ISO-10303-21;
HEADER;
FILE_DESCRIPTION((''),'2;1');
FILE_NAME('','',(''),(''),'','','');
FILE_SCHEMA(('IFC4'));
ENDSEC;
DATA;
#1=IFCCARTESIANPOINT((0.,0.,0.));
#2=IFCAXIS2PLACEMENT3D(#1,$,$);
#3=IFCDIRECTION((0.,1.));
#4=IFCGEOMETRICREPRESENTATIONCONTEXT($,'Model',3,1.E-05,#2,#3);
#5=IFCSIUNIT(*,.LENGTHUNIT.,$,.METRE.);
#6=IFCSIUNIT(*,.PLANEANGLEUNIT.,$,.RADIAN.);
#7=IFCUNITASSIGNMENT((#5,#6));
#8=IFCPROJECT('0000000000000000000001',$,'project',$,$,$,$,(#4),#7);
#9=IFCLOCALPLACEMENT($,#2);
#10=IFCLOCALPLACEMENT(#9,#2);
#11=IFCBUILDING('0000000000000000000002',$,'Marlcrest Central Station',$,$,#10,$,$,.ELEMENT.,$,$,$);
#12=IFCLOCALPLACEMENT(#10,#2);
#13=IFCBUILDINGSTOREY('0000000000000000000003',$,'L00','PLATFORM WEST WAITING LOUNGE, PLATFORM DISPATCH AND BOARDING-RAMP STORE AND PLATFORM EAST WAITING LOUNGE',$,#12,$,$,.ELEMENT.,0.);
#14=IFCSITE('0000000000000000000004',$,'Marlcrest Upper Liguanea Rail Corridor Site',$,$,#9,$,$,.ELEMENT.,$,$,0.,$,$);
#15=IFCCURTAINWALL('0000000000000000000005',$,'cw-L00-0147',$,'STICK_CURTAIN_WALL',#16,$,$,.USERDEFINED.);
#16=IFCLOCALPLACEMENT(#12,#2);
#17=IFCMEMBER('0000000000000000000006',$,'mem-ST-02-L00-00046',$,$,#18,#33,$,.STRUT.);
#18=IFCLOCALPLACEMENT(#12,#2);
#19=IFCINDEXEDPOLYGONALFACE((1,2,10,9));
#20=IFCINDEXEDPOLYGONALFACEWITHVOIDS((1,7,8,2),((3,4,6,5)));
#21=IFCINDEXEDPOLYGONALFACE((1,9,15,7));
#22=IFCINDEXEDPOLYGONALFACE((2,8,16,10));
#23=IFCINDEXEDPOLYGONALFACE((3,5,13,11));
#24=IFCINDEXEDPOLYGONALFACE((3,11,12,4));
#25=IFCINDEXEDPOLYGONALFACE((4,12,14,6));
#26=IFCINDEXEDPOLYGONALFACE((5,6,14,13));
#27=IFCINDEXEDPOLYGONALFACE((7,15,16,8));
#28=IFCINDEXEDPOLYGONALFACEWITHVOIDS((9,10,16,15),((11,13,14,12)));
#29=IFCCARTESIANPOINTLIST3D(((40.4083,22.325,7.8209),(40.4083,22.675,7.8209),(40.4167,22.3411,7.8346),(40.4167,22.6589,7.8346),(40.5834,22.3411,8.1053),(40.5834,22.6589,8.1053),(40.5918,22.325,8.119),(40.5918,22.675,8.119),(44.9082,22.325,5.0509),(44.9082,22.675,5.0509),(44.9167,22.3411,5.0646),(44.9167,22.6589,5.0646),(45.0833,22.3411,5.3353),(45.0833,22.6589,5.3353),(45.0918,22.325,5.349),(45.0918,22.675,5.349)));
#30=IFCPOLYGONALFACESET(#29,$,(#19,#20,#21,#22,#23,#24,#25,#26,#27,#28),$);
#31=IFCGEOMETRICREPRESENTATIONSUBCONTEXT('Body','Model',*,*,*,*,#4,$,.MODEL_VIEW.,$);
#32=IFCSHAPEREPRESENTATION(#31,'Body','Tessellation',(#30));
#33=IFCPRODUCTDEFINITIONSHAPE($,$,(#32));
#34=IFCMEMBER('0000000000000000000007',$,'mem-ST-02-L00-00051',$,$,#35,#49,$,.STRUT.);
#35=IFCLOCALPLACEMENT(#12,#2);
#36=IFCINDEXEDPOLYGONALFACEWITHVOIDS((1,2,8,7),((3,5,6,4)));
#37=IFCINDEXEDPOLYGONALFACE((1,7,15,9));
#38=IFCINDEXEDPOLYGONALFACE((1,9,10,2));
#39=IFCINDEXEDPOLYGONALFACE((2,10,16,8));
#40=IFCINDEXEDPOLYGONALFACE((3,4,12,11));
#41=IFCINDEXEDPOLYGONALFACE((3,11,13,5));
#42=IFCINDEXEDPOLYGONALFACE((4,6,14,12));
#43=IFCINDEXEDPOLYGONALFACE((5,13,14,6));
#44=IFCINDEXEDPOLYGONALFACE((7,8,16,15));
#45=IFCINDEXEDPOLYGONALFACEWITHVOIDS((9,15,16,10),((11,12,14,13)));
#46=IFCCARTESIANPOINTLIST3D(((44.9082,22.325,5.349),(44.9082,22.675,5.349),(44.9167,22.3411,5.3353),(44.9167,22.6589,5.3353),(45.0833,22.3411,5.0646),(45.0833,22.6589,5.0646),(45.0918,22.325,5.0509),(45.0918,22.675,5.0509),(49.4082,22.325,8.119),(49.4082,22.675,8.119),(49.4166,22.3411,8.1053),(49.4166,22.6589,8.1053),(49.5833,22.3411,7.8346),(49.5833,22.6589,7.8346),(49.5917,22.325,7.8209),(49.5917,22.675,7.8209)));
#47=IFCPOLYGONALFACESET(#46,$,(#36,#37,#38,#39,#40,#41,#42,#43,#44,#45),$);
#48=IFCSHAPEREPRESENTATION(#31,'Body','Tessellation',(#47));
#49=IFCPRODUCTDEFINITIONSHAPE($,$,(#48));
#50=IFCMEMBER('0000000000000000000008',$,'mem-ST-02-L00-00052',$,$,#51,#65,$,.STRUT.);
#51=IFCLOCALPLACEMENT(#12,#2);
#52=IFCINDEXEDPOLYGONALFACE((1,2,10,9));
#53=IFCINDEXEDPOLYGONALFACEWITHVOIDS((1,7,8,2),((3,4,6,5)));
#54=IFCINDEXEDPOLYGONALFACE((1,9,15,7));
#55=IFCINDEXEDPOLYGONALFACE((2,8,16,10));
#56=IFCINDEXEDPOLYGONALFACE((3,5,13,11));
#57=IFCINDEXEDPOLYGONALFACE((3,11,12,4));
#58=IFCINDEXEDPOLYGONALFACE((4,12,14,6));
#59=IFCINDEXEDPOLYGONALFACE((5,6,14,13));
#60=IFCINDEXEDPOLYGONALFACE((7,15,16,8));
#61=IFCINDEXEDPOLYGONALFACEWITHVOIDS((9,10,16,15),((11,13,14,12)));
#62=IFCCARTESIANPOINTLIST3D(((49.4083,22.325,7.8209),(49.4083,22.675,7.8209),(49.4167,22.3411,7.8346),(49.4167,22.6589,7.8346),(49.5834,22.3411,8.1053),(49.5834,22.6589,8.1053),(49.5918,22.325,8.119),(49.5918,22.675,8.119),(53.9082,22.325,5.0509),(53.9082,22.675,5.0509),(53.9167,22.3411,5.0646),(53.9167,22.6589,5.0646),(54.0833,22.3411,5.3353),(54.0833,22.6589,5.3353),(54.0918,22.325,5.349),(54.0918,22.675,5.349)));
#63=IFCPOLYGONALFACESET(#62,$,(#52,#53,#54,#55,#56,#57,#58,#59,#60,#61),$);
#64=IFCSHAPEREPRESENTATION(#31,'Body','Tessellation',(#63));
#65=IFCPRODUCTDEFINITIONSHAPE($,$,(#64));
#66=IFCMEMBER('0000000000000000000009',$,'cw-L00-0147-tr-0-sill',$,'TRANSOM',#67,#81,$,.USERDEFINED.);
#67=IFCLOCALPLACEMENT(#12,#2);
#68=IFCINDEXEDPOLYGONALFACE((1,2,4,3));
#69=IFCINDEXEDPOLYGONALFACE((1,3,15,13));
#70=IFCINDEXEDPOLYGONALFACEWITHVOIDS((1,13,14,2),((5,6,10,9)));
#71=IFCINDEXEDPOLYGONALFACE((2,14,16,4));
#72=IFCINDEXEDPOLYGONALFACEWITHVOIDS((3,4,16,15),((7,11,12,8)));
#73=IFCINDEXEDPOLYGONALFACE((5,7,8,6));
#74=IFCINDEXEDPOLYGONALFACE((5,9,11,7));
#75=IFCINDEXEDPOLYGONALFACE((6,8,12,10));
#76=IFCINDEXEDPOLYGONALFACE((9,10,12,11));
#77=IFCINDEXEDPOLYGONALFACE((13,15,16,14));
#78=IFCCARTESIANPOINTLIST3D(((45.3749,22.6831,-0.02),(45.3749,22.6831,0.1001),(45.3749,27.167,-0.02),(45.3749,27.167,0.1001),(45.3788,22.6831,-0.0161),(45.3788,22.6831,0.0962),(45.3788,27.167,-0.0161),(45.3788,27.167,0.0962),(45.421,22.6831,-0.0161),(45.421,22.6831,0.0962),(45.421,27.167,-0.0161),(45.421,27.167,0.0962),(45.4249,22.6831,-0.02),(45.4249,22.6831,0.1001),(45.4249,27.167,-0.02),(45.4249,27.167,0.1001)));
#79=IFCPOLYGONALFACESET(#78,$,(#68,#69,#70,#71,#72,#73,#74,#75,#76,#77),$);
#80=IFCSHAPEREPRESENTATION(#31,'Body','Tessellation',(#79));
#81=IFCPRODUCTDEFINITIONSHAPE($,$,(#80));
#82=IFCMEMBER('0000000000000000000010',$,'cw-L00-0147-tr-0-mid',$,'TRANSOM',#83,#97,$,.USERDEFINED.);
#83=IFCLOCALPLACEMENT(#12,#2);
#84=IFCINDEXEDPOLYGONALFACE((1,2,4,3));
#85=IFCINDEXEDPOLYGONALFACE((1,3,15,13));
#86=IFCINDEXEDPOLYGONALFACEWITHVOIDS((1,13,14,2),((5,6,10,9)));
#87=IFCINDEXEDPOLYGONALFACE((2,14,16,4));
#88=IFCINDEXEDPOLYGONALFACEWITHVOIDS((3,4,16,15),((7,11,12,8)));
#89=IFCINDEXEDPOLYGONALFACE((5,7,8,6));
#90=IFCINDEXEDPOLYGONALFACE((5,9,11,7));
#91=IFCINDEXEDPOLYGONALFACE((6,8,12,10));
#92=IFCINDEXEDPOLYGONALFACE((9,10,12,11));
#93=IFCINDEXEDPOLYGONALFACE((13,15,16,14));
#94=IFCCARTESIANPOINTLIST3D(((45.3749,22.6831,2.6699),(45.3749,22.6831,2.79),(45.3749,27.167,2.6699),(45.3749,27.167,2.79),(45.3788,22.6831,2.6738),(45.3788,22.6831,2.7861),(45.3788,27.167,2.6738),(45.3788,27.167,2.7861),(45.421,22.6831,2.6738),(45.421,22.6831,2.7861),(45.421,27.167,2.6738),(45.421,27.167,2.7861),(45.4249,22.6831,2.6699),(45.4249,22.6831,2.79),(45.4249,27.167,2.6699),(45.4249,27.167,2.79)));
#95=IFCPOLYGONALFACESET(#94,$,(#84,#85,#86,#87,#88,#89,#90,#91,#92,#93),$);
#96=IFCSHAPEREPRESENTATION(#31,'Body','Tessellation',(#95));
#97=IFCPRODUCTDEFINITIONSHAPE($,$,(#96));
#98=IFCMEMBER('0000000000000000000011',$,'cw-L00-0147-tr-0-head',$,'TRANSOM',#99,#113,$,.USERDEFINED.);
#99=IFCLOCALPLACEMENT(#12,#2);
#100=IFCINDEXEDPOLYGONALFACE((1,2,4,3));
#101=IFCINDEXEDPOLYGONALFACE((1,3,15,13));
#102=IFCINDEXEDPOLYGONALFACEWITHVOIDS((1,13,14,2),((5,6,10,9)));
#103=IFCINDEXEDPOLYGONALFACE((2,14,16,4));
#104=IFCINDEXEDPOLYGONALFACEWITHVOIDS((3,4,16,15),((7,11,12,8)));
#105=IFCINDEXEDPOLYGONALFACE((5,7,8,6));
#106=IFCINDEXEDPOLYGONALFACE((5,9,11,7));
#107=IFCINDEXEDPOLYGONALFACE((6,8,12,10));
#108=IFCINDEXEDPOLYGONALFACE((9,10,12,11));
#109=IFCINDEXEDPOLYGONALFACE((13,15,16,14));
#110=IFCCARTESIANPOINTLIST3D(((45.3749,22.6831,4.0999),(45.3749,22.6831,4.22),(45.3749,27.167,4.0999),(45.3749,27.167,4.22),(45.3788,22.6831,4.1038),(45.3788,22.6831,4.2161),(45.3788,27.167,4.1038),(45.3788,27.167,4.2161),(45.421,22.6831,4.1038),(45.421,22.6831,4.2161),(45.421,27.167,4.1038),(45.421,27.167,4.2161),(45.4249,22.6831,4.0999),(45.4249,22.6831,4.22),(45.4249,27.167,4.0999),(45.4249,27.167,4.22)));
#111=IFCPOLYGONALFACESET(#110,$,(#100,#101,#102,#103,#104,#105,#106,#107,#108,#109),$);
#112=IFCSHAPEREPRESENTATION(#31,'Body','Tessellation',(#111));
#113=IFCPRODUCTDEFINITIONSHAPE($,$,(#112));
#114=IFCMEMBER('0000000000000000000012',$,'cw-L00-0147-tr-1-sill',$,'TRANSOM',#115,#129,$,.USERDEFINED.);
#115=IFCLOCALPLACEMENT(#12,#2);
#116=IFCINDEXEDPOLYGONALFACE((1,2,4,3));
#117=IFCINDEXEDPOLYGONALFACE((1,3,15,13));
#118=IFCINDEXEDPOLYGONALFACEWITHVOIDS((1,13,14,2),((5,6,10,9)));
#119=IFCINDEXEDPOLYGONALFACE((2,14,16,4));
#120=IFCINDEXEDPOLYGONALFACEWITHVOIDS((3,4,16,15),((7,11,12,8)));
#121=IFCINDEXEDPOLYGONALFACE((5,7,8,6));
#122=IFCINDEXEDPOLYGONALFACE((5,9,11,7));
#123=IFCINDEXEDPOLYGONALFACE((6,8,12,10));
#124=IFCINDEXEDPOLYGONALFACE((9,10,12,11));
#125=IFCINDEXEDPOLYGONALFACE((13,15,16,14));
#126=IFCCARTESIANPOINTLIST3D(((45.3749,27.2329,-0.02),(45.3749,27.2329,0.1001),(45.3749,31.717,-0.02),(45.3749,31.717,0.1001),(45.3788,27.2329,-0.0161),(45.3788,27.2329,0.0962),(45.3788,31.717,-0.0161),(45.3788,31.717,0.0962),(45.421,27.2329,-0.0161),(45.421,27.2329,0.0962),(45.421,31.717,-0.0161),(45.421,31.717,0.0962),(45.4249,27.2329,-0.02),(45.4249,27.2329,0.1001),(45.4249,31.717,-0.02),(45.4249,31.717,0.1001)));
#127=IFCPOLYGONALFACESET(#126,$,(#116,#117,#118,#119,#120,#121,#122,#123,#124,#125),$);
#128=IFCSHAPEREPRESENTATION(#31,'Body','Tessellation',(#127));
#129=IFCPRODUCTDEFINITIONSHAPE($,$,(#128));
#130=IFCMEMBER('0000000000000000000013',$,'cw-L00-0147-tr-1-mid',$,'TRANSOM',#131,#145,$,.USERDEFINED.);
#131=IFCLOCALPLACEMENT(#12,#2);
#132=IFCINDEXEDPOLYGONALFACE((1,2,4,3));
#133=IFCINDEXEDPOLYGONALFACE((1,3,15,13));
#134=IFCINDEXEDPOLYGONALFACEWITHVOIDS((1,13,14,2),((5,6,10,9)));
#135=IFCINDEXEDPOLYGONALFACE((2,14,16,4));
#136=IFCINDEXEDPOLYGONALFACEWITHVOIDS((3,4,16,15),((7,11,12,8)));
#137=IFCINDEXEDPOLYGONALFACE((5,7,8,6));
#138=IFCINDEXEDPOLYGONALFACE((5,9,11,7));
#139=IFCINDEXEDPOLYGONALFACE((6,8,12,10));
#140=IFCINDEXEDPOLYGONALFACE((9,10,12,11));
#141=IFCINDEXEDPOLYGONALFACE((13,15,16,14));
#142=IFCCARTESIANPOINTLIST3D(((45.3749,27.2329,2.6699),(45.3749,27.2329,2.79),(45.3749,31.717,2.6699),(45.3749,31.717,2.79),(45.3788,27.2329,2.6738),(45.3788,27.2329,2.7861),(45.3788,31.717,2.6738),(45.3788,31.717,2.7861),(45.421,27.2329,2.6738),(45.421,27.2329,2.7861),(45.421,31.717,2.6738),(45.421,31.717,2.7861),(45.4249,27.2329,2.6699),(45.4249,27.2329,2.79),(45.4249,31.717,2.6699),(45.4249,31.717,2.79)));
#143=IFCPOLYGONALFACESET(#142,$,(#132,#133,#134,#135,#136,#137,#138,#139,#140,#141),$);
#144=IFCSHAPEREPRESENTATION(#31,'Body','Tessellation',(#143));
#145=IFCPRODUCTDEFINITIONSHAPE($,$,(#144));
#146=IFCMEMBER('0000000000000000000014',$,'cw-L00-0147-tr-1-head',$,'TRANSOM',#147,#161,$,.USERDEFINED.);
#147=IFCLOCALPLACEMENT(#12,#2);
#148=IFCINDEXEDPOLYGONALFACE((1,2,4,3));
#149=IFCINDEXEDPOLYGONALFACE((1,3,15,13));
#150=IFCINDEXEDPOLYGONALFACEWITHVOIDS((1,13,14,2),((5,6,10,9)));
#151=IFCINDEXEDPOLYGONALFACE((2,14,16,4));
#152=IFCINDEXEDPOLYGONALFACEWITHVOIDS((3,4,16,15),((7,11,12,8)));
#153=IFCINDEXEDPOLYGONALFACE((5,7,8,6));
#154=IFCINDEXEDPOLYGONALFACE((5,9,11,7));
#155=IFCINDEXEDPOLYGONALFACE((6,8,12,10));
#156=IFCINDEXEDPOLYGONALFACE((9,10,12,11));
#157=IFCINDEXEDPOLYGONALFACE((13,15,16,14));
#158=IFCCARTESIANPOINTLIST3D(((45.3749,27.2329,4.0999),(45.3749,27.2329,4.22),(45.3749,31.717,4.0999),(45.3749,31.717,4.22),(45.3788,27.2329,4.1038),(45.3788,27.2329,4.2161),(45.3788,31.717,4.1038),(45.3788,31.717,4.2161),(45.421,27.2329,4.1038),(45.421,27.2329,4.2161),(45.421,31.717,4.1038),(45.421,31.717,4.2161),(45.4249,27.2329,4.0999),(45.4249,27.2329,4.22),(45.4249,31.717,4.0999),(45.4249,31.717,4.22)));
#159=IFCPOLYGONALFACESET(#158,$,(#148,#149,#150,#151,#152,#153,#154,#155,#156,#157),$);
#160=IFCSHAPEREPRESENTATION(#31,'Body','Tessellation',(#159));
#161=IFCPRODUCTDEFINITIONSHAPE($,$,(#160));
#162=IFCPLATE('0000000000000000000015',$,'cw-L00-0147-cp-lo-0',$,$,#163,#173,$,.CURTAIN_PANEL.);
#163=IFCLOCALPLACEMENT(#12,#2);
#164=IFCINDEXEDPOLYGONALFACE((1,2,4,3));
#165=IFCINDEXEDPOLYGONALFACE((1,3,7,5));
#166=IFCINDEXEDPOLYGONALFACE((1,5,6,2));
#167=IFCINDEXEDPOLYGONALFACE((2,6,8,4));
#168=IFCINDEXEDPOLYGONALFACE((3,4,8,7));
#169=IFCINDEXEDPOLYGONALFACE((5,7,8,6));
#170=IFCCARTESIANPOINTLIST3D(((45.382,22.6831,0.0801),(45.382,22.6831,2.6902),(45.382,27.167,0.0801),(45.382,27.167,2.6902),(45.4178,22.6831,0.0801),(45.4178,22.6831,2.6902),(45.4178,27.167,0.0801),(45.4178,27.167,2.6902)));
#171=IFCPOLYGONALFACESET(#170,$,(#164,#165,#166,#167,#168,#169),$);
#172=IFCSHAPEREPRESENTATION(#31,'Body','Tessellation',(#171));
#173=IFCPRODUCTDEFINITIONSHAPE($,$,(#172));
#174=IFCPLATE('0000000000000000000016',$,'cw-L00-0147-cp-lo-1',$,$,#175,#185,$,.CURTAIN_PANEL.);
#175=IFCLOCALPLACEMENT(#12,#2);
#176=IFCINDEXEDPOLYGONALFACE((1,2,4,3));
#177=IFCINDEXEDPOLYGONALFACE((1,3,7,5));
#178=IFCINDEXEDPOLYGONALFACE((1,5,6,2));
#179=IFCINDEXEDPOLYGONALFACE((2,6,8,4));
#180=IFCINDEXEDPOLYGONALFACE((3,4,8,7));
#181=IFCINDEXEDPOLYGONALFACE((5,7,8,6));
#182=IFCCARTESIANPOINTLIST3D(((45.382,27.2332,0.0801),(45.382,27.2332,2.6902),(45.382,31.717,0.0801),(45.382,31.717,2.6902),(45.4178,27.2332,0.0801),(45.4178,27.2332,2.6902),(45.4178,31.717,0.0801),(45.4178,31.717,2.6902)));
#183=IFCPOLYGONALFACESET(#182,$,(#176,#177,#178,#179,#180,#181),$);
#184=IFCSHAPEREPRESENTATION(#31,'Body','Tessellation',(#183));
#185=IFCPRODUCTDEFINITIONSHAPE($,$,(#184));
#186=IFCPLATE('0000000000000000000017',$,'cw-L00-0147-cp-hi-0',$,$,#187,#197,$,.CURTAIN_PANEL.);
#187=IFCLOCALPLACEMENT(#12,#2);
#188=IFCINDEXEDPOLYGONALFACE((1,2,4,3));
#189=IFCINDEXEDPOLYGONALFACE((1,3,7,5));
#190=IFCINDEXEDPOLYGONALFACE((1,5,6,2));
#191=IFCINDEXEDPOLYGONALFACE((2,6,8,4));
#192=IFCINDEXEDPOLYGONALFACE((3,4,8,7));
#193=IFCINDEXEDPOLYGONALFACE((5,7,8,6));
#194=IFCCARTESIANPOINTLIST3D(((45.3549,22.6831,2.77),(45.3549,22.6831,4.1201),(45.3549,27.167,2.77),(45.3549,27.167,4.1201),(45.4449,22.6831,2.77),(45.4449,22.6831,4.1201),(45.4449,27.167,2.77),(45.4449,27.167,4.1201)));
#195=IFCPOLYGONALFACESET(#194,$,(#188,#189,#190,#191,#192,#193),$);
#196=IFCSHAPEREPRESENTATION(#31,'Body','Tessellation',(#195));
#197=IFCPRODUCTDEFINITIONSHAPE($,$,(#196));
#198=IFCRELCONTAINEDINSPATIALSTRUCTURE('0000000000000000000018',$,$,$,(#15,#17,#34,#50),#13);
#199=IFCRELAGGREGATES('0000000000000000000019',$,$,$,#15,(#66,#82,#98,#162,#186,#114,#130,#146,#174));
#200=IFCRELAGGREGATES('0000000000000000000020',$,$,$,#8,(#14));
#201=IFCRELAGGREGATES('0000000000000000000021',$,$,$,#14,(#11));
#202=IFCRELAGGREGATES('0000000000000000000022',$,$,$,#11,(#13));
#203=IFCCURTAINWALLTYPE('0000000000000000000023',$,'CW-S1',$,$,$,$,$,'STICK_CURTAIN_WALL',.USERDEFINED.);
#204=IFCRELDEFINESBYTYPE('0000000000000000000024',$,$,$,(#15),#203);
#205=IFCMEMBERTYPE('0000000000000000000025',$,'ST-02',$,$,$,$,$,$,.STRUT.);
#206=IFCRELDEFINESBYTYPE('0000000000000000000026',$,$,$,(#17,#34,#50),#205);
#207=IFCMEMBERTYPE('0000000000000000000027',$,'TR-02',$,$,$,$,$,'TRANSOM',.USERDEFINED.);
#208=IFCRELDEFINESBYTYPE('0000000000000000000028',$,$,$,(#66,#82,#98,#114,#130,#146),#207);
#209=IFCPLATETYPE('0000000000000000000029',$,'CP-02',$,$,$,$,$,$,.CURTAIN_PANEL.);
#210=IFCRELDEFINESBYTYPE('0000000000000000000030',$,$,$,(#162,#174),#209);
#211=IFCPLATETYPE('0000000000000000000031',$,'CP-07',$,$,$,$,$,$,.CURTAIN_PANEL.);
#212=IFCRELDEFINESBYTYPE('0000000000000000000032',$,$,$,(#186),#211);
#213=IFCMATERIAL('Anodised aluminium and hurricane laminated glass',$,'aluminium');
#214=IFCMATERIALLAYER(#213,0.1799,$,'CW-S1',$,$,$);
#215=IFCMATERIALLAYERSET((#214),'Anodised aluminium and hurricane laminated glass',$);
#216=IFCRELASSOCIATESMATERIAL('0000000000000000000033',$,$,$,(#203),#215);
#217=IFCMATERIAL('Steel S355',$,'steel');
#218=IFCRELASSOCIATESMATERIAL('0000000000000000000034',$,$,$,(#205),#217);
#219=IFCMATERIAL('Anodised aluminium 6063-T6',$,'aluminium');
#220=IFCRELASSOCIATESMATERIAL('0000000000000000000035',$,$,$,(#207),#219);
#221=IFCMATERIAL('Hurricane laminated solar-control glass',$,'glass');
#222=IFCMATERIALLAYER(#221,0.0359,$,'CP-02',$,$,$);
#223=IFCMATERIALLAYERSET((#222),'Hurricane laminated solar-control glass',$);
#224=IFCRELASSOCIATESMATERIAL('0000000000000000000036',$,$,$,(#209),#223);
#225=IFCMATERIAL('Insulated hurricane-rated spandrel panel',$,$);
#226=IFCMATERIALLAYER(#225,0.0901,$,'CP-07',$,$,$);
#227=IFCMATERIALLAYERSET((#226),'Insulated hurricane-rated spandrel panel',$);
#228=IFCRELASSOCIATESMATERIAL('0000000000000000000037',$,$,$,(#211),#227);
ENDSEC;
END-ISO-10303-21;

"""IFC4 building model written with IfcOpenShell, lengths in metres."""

from ifc_helpers import new_model, si_unit, direction, frame, origin, origin_2d, place, context, subcontext, project, spatial, rectangle, hollow_rectangle, extrude, material, layer, layer_set, material_profile, profile_set, type_object, element, aggregate, save


model = new_model("IFC4")

# Units and contexts
model_context = context("Model", 3, precision=1e-05, world=origin(), true_north=direction((0.0, 1.0)))
body_context = subcontext(model_context, "Body", "Model", "MODEL_VIEW")
ifc_project = project(units=[si_unit("LENGTHUNIT", "METRE"), si_unit("PLANEANGLEUNIT", "RADIAN")], contexts=[model_context])

# Site, building, storey
site_placement = place(None, origin())
site = spatial("IfcSite", under=ifc_project, at=site_placement, Name="Marlcrest Upper Liguanea Rail Corridor Site", CompositionType="ELEMENT", RefElevation=0.0)
building_placement = place(site_placement, origin())
building = spatial("IfcBuilding", under=site, at=building_placement, Name="Marlcrest Central Station", CompositionType="ELEMENT")
storey_placement = place(building_placement, origin())
storey = spatial("IfcBuildingStorey", under=building, at=storey_placement, Name="L00", Description="PLATFORM WEST WAITING LOUNGE, PLATFORM DISPATCH AND BOARDING-RAMP STORE AND PLATFORM EAST WAITING LOUNGE", CompositionType="ELEMENT", Elevation=0.0)

# Curtain wall
ifc_material_1 = material(Name="Anodised aluminium and hurricane laminated glass", Category="aluminium")
ifc_layer_1 = layer(ifc_material_1, 0.1799, Name="CW-S1")
ifc_layer_set_1 = layer_set([ifc_layer_1], Name="Anodised aluminium and hurricane laminated glass")
curtain_wall_type = type_object("IfcCurtainWallType", Name="CW-S1", ElementType="STICK_CURTAIN_WALL", PredefinedType="USERDEFINED", material=ifc_layer_set_1)
curtain_wall_placement = place(storey_placement, origin())
curtain_wall = element("IfcCurtainWall", 1, at=curtain_wall_placement, inside=storey, type_object=curtain_wall_type, Name="cw-L00-0147", ObjectType="STICK_CURTAIN_WALL", PredefinedType="USERDEFINED")
ifc_material_2 = material(Name="Anodised aluminium 6063-T6", Category="aluminium")

# Members
ifc_material_3 = material(Name="Steel S355", Category="steel")
ifc_material_profile_1 = material_profile(ifc_material_3, hollow_rectangle(XDim=0.3501, YDim=0.3501, WallThickness=0.0161, at=origin_2d()), Name="SHS 350x350x16")
ifc_profile_set_1 = profile_set([ifc_material_profile_1], Name="Steel S355")
member_type_1 = type_object("IfcMemberType", Name="ST-02", PredefinedType="STRUT", material=ifc_profile_set_1)
for number, where, z_axis, x_axis, name in (
    (2, (45.0, 22.5, 5.2), (-0.851592, 0.0, 0.524206), (0.0, -1.0, 0.0), "mem-ST-02-L00-00046"),
    (3, (45.0, 22.5, 5.2), (0.851592, 0.0, 0.524206), (0.0, 1.0, 0.0), "mem-ST-02-L00-00051"),
    (4, (54.0, 22.5, 5.2), (-0.851592, 0.0, 0.524206), (0.0, -1.0, 0.0), "mem-ST-02-L00-00052"),
):
    element("IfcMember", number, at=place(storey_placement, frame(where, z_axis=z_axis, x_axis=x_axis)), inside=storey, type_object=member_type_1, Name=name, PredefinedType="STRUT", context=body_context, shape_type="SweptSolid", body=[
        extrude(hollow_rectangle(XDim=0.3501, YDim=0.3501, WallThickness=0.0161, at=origin_2d()), origin(), (0.0, 0.0, 1.0), 5.2842),
    ])

# Members
ifc_material_profile_2 = material_profile(ifc_material_2, hollow_rectangle(XDim=0.05, YDim=0.1201, WallThickness=0.0039, at=origin_2d()), Name="AA-RHS 120x50x4")
ifc_profile_set_2 = profile_set([ifc_material_profile_2], Name="Anodised aluminium 6063-T6")
member_type_2 = type_object("IfcMemberType", Name="TR-02", ElementType="TRANSOM", PredefinedType="USERDEFINED", material=ifc_profile_set_2)
member_1_placement = place(storey_placement, frame((45.3999, 22.6831, 0.04), z_axis=(0.0, 1.0, 0.0), x_axis=(-1.0, 0.0, 0.0)))
member_1 = element("IfcMember", 5, at=member_1_placement, type_object=member_type_2, Name="cw-L00-0147-tr-0-sill", ObjectType="TRANSOM", PredefinedType="USERDEFINED", context=body_context, shape_type="SweptSolid", body=[
    extrude(hollow_rectangle(XDim=0.05, YDim=0.1201, WallThickness=0.0039, at=origin_2d()), origin(), (0.0, 0.0, 1.0), 4.4839),
])
member_2_placement = place(storey_placement, frame((45.3999, 22.6831, 2.73), z_axis=(0.0, 1.0, 0.0), x_axis=(-1.0, 0.0, 0.0)))
member_2 = element("IfcMember", 6, at=member_2_placement, type_object=member_type_2, Name="cw-L00-0147-tr-0-mid", ObjectType="TRANSOM", PredefinedType="USERDEFINED", context=body_context, shape_type="SweptSolid", body=[
    extrude(hollow_rectangle(XDim=0.05, YDim=0.1201, WallThickness=0.0039, at=origin_2d()), origin(), (0.0, 0.0, 1.0), 4.4839),
])
member_3_placement = place(storey_placement, frame((45.3999, 22.6831, 4.1599), z_axis=(0.0, 1.0, 0.0), x_axis=(-1.0, 0.0, 0.0)))
member_3 = element("IfcMember", 7, at=member_3_placement, type_object=member_type_2, Name="cw-L00-0147-tr-0-head", ObjectType="TRANSOM", PredefinedType="USERDEFINED", context=body_context, shape_type="SweptSolid", body=[
    extrude(hollow_rectangle(XDim=0.05, YDim=0.1201, WallThickness=0.0039, at=origin_2d()), origin(), (0.0, 0.0, 1.0), 4.4839),
])
member_4_placement = place(storey_placement, frame((45.3999, 27.2329, 0.04), z_axis=(0.0, 1.0, 0.0), x_axis=(-1.0, 0.0, 0.0)))
member_4 = element("IfcMember", 8, at=member_4_placement, type_object=member_type_2, Name="cw-L00-0147-tr-1-sill", ObjectType="TRANSOM", PredefinedType="USERDEFINED", context=body_context, shape_type="SweptSolid", body=[
    extrude(hollow_rectangle(XDim=0.05, YDim=0.1201, WallThickness=0.0039, at=origin_2d()), origin(), (0.0, 0.0, 1.0), 4.4841),
])
member_5_placement = place(storey_placement, frame((45.3999, 27.2329, 2.73), z_axis=(0.0, 1.0, 0.0), x_axis=(-1.0, 0.0, 0.0)))
member_5 = element("IfcMember", 9, at=member_5_placement, type_object=member_type_2, Name="cw-L00-0147-tr-1-mid", ObjectType="TRANSOM", PredefinedType="USERDEFINED", context=body_context, shape_type="SweptSolid", body=[
    extrude(hollow_rectangle(XDim=0.05, YDim=0.1201, WallThickness=0.0039, at=origin_2d()), origin(), (0.0, 0.0, 1.0), 4.4841),
])
member_6_placement = place(storey_placement, frame((45.3999, 27.2329, 4.1599), z_axis=(0.0, 1.0, 0.0), x_axis=(-1.0, 0.0, 0.0)))
member_6 = element("IfcMember", 10, at=member_6_placement, type_object=member_type_2, Name="cw-L00-0147-tr-1-head", ObjectType="TRANSOM", PredefinedType="USERDEFINED", context=body_context, shape_type="SweptSolid", body=[
    extrude(hollow_rectangle(XDim=0.05, YDim=0.1201, WallThickness=0.0039, at=origin_2d()), origin(), (0.0, 0.0, 1.0), 4.4841),
])

# Plates
ifc_material_4 = material(Name="Hurricane laminated solar-control glass", Category="glass")
ifc_layer_2 = layer(ifc_material_4, 0.0359, Name="CP-02")
ifc_layer_set_2 = layer_set([ifc_layer_2], Name="Hurricane laminated solar-control glass")
plate_type_1 = type_object("IfcPlateType", Name="CP-02", PredefinedType="CURTAIN_PANEL", material=ifc_layer_set_2)
plate_1_placement = place(storey_placement, frame((45.3999, 24.925, 0.0801), z_axis=(0.0, 0.0, 1.0), x_axis=(0.0, 1.0, 0.0)))
plate_1 = element("IfcPlate", 11, at=plate_1_placement, type_object=plate_type_1, Name="cw-L00-0147-cp-lo-0", PredefinedType="CURTAIN_PANEL", context=body_context, shape_type="SweptSolid", body=[
    extrude(rectangle(XDim=4.4839, YDim=0.0359, at=origin_2d()), origin(), (0.0, 0.0, 1.0), 2.6101),
])
plate_2_placement = place(storey_placement, frame((45.3999, 29.4751, 0.0801), z_axis=(0.0, 0.0, 1.0), x_axis=(0.0, 1.0, 0.0)))
plate_2 = element("IfcPlate", 12, at=plate_2_placement, type_object=plate_type_1, Name="cw-L00-0147-cp-lo-1", PredefinedType="CURTAIN_PANEL", context=body_context, shape_type="SweptSolid", body=[
    extrude(rectangle(XDim=4.4839, YDim=0.0359, at=origin_2d()), origin(), (0.0, 0.0, 1.0), 2.6101),
])
ifc_material_5 = material(Name="Insulated hurricane-rated spandrel panel")
ifc_layer_3 = layer(ifc_material_5, 0.0901, Name="CP-07")
ifc_layer_set_3 = layer_set([ifc_layer_3], Name="Insulated hurricane-rated spandrel panel")
plate_type_2 = type_object("IfcPlateType", Name="CP-07", PredefinedType="CURTAIN_PANEL", material=ifc_layer_set_3)
plate_3_placement = place(storey_placement, frame((45.3999, 24.925, 2.77), z_axis=(0.0, 0.0, 1.0), x_axis=(0.0, 1.0, 0.0)))
plate_3 = element("IfcPlate", 13, at=plate_3_placement, type_object=plate_type_2, Name="cw-L00-0147-cp-hi-0", PredefinedType="CURTAIN_PANEL", context=body_context, shape_type="SweptSolid", body=[
    extrude(rectangle(XDim=4.4839, YDim=0.0901, at=origin_2d()), origin(), (0.0, 0.0, 1.0), 1.3501),
])
aggregate(curtain_wall, [member_1, member_2, member_3, plate_1, plate_3, member_4, member_5, member_6, plate_2])

save(model, "model.ifc")
